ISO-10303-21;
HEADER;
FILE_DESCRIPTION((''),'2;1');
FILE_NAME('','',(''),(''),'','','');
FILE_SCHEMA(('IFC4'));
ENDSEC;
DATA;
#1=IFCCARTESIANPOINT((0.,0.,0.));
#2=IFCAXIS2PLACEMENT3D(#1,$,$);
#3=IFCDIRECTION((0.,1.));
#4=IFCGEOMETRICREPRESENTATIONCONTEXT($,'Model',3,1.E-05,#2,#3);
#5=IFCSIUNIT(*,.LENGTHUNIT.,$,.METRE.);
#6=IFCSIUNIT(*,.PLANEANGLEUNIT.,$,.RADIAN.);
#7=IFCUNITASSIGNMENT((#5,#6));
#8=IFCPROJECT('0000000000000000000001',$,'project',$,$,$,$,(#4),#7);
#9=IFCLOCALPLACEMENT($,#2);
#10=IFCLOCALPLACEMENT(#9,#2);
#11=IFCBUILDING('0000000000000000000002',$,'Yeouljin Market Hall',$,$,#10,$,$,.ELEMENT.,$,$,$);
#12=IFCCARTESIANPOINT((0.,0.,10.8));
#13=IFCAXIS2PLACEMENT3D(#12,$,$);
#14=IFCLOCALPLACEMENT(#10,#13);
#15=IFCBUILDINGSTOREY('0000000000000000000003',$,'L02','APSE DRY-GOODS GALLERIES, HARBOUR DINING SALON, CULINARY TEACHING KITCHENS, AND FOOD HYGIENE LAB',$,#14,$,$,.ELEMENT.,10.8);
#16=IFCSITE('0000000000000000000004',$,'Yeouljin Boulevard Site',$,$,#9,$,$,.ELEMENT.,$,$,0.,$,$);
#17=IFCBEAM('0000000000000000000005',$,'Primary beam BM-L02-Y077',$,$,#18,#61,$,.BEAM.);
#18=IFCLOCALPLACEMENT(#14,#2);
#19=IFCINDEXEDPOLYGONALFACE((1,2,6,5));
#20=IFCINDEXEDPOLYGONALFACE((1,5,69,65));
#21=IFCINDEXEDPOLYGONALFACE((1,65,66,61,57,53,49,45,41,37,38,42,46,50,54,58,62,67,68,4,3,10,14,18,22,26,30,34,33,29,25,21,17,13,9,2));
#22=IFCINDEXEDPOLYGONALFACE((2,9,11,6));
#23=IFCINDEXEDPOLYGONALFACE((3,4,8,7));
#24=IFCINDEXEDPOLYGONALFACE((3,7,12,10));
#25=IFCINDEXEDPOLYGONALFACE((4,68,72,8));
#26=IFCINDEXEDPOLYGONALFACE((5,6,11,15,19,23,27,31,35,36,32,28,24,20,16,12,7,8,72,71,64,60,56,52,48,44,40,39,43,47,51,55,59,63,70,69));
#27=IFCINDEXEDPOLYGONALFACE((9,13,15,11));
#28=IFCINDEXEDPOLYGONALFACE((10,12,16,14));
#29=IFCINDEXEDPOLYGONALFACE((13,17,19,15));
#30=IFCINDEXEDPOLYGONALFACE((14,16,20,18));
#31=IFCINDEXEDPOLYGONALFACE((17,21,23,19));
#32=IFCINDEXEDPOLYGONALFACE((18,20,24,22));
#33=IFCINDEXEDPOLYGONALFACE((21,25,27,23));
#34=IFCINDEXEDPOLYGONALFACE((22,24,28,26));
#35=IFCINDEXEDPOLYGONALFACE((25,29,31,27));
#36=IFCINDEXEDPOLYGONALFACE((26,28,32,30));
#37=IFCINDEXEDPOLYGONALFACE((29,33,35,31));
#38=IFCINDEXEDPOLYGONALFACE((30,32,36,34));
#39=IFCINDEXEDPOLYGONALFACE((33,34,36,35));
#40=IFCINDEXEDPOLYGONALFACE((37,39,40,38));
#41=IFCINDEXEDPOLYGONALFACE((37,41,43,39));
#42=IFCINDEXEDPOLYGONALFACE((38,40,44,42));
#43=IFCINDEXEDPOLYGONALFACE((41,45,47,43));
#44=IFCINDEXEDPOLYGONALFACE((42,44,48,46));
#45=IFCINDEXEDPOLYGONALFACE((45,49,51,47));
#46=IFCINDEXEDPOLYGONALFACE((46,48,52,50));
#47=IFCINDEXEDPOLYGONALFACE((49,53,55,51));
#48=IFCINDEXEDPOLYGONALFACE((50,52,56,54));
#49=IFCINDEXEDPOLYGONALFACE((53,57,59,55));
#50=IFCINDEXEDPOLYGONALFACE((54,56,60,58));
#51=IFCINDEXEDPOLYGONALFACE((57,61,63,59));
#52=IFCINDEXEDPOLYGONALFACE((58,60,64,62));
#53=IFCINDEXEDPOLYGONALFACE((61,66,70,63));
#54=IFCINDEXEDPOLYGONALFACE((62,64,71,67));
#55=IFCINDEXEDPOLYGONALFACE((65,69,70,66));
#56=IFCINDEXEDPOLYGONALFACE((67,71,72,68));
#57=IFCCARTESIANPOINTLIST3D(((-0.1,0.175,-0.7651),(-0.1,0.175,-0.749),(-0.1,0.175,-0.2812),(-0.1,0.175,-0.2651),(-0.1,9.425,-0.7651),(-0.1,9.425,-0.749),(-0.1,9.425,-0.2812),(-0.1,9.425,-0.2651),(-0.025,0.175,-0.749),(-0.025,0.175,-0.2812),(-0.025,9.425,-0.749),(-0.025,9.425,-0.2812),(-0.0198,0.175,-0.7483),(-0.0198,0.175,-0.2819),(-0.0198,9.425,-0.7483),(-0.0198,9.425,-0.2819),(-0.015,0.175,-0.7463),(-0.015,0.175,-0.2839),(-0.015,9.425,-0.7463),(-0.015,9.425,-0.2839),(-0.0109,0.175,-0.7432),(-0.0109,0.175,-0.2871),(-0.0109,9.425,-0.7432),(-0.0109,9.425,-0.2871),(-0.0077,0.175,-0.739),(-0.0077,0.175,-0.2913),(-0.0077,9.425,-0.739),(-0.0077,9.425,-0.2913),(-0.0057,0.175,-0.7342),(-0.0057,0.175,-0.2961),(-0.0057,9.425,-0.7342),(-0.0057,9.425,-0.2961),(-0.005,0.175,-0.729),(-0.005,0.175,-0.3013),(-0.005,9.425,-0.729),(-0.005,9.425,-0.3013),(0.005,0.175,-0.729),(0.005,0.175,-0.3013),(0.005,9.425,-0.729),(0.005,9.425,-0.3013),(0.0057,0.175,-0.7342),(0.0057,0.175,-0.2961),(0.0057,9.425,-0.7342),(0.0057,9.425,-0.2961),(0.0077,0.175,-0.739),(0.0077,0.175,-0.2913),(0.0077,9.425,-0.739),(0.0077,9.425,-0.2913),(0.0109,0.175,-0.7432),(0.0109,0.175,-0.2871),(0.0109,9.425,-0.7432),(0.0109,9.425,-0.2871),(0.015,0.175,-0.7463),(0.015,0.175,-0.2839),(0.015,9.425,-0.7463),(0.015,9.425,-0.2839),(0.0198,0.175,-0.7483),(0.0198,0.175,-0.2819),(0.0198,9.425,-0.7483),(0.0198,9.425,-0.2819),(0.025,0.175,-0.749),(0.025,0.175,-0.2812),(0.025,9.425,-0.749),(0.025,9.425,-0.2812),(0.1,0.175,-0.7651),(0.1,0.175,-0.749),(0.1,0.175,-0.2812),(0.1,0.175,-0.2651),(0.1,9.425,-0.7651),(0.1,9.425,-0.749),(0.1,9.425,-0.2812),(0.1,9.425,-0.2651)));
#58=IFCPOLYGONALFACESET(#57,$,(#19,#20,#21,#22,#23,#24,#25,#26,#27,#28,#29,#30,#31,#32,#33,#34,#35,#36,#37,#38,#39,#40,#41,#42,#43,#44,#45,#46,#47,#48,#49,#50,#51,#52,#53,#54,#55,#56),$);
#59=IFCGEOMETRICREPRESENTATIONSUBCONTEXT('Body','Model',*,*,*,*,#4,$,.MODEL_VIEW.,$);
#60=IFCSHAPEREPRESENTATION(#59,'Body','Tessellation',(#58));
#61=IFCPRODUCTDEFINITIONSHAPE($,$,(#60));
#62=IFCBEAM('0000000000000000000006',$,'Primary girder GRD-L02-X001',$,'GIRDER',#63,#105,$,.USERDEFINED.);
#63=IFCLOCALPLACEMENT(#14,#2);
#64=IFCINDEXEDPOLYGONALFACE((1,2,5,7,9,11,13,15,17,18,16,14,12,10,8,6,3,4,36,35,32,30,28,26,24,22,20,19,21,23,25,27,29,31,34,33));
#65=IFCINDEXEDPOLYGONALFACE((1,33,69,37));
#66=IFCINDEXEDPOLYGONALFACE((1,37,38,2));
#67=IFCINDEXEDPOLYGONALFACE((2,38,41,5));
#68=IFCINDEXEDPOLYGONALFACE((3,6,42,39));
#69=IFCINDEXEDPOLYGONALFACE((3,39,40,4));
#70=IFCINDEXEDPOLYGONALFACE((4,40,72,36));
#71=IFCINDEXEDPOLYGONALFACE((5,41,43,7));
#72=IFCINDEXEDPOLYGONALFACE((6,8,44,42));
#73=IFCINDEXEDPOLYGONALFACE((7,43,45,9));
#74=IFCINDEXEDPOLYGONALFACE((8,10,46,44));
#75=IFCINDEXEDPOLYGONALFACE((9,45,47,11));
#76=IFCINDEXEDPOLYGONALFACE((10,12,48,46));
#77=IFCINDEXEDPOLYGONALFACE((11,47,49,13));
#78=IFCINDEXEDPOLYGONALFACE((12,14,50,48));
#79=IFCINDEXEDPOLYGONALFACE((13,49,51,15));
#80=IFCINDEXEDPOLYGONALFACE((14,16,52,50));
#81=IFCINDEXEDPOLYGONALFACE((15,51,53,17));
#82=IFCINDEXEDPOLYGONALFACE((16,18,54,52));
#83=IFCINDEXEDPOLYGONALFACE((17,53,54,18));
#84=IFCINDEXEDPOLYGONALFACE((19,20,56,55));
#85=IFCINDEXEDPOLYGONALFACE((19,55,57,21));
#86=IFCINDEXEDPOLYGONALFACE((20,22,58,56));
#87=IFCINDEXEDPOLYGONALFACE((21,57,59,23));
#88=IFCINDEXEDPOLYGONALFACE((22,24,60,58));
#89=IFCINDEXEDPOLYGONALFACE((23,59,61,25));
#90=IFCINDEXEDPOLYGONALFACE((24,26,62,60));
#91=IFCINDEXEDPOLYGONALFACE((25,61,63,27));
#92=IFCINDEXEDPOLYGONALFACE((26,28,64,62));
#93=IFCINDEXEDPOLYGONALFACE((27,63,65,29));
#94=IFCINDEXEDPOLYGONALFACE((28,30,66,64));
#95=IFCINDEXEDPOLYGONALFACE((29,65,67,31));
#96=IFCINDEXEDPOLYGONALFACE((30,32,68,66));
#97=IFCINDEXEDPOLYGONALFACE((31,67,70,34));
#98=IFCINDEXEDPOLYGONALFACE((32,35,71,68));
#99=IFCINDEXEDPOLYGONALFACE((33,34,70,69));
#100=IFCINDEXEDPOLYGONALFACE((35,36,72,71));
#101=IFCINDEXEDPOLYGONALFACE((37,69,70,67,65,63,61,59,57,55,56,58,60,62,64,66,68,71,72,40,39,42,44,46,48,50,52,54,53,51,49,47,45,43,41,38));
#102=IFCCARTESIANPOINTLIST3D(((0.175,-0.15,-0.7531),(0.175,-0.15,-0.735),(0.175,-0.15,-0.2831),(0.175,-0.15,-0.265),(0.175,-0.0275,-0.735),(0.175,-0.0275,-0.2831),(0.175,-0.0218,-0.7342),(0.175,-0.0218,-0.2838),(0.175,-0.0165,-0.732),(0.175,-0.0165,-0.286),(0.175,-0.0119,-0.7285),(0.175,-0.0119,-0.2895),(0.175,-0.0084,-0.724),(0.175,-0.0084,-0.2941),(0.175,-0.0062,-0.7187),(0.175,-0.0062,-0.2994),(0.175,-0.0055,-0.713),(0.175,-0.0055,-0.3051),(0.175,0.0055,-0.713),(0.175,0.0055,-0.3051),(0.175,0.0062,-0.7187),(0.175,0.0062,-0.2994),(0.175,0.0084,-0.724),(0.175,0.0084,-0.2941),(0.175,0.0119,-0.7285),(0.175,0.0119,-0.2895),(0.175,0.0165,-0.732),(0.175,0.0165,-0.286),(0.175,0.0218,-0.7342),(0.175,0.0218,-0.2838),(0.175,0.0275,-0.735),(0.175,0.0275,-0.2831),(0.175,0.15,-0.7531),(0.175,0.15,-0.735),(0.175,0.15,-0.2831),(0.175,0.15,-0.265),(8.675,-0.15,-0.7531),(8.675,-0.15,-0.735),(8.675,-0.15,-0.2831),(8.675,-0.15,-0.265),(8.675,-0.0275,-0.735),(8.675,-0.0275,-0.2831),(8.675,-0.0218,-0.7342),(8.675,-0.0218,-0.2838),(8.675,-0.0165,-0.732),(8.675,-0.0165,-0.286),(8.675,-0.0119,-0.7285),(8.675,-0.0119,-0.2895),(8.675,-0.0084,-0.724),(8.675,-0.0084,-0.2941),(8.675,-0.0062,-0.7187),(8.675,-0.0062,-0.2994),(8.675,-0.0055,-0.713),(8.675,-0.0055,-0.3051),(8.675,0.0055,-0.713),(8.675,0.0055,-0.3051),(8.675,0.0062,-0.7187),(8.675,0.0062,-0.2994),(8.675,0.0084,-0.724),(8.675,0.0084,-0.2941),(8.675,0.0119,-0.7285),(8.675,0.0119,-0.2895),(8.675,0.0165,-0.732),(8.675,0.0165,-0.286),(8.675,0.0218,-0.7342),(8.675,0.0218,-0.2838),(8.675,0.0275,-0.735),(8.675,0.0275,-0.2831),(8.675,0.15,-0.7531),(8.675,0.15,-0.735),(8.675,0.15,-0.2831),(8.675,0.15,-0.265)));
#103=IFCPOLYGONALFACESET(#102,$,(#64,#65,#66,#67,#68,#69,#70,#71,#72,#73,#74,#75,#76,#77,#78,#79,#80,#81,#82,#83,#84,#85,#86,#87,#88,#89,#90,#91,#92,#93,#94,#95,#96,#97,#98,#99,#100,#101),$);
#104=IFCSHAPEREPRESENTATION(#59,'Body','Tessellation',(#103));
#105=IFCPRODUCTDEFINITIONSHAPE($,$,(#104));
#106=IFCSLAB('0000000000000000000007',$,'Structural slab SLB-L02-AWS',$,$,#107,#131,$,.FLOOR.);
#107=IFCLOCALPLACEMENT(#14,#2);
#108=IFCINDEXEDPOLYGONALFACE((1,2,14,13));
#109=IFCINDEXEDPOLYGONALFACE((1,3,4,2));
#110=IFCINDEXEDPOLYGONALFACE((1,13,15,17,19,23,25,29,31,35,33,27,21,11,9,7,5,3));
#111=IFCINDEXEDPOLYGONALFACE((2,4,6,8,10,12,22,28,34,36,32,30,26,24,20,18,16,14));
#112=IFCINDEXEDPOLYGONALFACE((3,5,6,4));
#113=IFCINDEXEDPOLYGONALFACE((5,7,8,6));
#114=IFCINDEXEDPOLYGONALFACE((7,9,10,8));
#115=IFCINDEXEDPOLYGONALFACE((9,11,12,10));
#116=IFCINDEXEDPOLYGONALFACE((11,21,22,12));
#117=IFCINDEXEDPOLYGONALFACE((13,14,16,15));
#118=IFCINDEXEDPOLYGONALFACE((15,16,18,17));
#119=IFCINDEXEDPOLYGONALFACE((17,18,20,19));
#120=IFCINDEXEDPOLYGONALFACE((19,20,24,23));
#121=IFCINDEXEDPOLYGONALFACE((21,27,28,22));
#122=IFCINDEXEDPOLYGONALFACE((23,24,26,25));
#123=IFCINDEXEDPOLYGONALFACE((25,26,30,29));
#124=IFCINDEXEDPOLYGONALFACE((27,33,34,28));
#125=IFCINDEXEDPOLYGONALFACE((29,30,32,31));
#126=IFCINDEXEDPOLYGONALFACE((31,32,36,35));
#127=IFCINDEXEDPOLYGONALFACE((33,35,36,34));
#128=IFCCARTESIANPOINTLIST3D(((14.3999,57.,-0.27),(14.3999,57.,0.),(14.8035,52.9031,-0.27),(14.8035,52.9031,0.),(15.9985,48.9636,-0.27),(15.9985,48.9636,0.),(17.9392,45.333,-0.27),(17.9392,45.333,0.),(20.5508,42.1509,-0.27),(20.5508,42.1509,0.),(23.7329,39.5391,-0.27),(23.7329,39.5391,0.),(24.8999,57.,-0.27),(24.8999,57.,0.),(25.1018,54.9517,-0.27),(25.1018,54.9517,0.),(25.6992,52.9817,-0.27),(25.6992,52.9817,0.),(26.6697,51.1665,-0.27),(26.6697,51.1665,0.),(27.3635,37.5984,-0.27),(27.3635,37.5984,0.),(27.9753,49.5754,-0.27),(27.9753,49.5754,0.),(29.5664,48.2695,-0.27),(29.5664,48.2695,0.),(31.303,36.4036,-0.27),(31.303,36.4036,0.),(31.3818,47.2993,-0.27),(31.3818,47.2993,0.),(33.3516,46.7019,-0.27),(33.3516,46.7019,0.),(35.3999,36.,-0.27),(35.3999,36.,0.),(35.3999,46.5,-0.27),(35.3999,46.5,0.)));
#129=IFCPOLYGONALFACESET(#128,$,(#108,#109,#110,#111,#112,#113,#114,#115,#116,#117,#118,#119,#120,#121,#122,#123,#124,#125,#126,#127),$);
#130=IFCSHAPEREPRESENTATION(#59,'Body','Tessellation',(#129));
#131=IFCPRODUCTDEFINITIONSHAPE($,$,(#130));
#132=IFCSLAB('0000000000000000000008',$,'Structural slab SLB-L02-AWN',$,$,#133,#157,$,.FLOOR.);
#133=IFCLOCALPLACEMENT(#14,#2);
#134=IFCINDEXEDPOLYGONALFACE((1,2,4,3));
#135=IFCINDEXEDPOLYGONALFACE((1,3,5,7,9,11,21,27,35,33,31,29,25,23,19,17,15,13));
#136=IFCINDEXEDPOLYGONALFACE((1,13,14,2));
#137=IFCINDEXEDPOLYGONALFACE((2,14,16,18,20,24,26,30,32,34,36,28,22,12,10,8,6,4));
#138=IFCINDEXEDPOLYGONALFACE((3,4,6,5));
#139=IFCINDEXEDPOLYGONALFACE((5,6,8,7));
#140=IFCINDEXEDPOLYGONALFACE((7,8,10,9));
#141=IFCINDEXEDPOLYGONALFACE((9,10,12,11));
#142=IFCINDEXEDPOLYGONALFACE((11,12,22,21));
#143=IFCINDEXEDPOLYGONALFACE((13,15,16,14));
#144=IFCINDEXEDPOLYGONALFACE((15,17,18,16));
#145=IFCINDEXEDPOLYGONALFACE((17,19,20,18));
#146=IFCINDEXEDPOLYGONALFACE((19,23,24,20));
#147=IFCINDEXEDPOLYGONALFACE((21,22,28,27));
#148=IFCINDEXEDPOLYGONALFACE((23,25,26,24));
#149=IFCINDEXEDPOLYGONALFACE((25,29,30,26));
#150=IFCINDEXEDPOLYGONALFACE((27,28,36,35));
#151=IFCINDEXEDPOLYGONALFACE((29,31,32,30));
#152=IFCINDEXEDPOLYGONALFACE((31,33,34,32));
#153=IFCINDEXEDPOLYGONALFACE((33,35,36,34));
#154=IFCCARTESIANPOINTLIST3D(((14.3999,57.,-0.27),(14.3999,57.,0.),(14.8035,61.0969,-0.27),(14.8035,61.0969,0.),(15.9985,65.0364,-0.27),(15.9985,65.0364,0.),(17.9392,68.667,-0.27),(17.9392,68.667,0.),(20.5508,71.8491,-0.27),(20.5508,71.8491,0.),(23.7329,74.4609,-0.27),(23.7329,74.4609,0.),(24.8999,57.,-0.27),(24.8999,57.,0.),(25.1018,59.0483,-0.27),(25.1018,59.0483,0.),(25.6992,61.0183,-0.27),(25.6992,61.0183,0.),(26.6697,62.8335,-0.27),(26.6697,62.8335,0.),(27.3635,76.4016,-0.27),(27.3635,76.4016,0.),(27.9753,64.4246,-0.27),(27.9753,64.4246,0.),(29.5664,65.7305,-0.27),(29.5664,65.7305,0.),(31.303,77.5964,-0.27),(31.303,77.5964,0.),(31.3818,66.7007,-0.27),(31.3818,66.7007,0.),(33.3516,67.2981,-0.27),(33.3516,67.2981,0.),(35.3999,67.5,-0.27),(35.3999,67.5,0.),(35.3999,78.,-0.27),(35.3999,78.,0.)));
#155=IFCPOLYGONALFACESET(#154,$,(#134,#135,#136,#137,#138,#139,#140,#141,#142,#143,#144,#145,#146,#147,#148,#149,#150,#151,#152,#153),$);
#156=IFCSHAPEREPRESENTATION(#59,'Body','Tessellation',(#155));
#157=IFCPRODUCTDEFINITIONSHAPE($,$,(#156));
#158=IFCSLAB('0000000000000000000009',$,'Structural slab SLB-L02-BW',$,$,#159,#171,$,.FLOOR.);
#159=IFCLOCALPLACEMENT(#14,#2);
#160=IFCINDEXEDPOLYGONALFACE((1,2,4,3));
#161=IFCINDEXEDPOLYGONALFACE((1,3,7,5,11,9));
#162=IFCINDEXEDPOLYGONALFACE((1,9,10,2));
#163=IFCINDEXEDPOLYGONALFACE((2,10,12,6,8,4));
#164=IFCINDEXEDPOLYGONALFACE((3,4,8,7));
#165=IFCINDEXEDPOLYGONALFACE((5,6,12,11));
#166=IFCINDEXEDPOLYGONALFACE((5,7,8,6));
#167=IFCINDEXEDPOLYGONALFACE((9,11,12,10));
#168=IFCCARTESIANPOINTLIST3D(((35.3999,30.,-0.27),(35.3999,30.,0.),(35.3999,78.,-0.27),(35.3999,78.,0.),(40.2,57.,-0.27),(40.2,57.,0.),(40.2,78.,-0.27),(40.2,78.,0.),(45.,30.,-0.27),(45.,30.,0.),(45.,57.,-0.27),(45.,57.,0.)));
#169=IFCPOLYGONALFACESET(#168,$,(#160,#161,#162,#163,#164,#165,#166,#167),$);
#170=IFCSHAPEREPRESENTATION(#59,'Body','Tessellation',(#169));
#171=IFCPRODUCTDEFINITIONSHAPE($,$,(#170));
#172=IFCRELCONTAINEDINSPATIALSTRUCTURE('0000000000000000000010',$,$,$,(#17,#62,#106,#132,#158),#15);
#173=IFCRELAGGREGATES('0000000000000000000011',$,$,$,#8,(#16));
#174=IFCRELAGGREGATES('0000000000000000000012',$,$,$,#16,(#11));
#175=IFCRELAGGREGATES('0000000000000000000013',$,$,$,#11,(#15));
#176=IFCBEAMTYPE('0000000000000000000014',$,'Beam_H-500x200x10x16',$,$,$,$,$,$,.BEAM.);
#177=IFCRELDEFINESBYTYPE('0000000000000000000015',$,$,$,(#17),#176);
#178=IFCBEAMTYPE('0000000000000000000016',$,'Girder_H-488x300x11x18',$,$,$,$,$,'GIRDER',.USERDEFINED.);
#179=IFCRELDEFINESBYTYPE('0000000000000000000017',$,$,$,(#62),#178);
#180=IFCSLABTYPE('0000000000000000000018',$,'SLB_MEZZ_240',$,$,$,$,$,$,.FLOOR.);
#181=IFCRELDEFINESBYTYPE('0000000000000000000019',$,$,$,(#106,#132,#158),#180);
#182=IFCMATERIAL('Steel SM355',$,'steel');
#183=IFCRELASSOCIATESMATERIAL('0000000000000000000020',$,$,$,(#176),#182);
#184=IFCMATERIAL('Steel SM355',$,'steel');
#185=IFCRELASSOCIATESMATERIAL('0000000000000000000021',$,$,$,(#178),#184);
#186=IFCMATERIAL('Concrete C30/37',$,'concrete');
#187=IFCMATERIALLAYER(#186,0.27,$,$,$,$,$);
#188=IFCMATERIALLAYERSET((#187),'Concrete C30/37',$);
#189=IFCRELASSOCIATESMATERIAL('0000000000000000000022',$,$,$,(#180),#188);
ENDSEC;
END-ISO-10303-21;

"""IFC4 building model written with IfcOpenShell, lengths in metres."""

from ifc_helpers import new_model, si_unit, direction, frame, origin, origin_2d, place, context, subcontext, project, spatial, polyline, i_section, outline, extrude, material, layer, layer_set, material_profile, profile_set, type_object, element, save


model = new_model("IFC4")

# Units and contexts
model_context = context("Model", 3, precision=1e-05, world=origin(), true_north=direction((0.0, 1.0)))
body_context = subcontext(model_context, "Body", "Model", "MODEL_VIEW")
ifc_project = project(units=[si_unit("LENGTHUNIT", "METRE"), si_unit("PLANEANGLEUNIT", "RADIAN")], contexts=[model_context])

# Site, building, storey
site_placement = place(None, origin())
site = spatial("IfcSite", under=ifc_project, at=site_placement, Name="Yeouljin Boulevard Site", CompositionType="ELEMENT", RefElevation=0.0)
building_placement = place(site_placement, origin())
building = spatial("IfcBuilding", under=site, at=building_placement, Name="Yeouljin Market Hall", CompositionType="ELEMENT")
storey_placement = place(building_placement, frame((0.0, 0.0, 10.8)))
storey = spatial("IfcBuildingStorey", under=building, at=storey_placement, Name="L02", Description="APSE DRY-GOODS GALLERIES, HARBOUR DINING SALON, CULINARY TEACHING KITCHENS, AND FOOD HYGIENE LAB", CompositionType="ELEMENT", Elevation=10.8)

# Beams
ifc_material_1 = material(Name="Steel SM355", Category="steel")
ifc_material_profile_1 = material_profile(ifc_material_1, i_section(OverallWidth=0.2, OverallDepth=0.5, WebThickness=0.01, FlangeThickness=0.0161, FilletRadius=0.02, at=origin_2d()), Name="H-500x200x10x16")
ifc_profile_set_1 = profile_set([ifc_material_profile_1], Name="Steel SM355")
beam_type_1 = type_object("IfcBeamType", Name="Beam_H-500x200x10x16", PredefinedType="BEAM", material=ifc_profile_set_1)
beam_1_placement = place(storey_placement, frame((0.0, 0.175, -0.5151), z_axis=(0.0, 1.0, 0.0), x_axis=(-1.0, 0.0, 0.0)))
element("IfcBeam", 1, at=beam_1_placement, inside=storey, type_object=beam_type_1, Name="Primary beam BM-L02-Y077", PredefinedType="BEAM", context=body_context, shape_type="SweptSolid", body=[
    extrude(i_section(OverallWidth=0.2, OverallDepth=0.5, WebThickness=0.01, FlangeThickness=0.0161, FilletRadius=0.02, at=origin_2d()), origin(), (0.0, 0.0, 1.0), 9.25),
])
ifc_material_2 = material(Name="Steel SM355", Category="steel")
ifc_material_profile_2 = material_profile(ifc_material_2, i_section(OverallWidth=0.3, OverallDepth=0.488, WebThickness=0.011, FlangeThickness=0.0181, FilletRadius=0.022, at=origin_2d()), Name="H-488x300x11x18")
ifc_profile_set_2 = profile_set([ifc_material_profile_2], Name="Steel SM355")
beam_type_2 = type_object("IfcBeamType", Name="Girder_H-488x300x11x18", ElementType="GIRDER", PredefinedType="USERDEFINED", material=ifc_profile_set_2)
beam_2_placement = place(storey_placement, frame((0.175, 0.0, -0.509), z_axis=(1.0, 0.0, 0.0), x_axis=(0.0, 1.0, 0.0)))
element("IfcBeam", 2, at=beam_2_placement, inside=storey, type_object=beam_type_2, Name="Primary girder GRD-L02-X001", ObjectType="GIRDER", PredefinedType="USERDEFINED", context=body_context, shape_type="SweptSolid", body=[
    extrude(i_section(OverallWidth=0.3, OverallDepth=0.488, WebThickness=0.011, FlangeThickness=0.0181, FilletRadius=0.022, at=origin_2d()), origin(), (0.0, 0.0, 1.0), 8.5),
])

# Slabs
ifc_material_3 = material(Name="Concrete C30/37", Category="concrete")
ifc_layer_1 = layer(ifc_material_3, 0.27)
ifc_layer_set_1 = layer_set([ifc_layer_1], Name="Concrete C30/37")
slab_type_1 = type_object("IfcSlabType", Name="SLB_MEZZ_240", PredefinedType="FLOOR", material=ifc_layer_set_1)
slab_1_placement = place(storey_placement, frame((0.0, 0.0, -0.27)))
element("IfcSlab", 3, at=slab_1_placement, inside=storey, type_object=slab_type_1, Name="Structural slab SLB-L02-AWS", PredefinedType="FLOOR", context=body_context, shape_type="SweptSolid", body=[
    extrude(outline(polyline([(14.3999, 57.0), (14.8035, 52.9031), (15.9985, 48.9636), (17.9392, 45.333), (20.5508, 42.1509), (23.7329, 39.5391), (27.3635, 37.5984), (31.303, 36.4036), (35.3999, 36.0), (35.3999, 46.5), (33.3516, 46.7019), (31.3818, 47.2993), (29.5664, 48.2695), (27.9753, 49.5754), (26.6697, 51.1665), (25.6992, 52.9817), (25.1018, 54.9517), (24.8999, 57.0), (14.3999, 57.0)])), origin(), (0.0, 0.0, 1.0), 0.27),
])
slab_2_placement = place(storey_placement, frame((0.0, 0.0, -0.27)))
element("IfcSlab", 4, at=slab_2_placement, inside=storey, type_object=slab_type_1, Name="Structural slab SLB-L02-AWN", PredefinedType="FLOOR", context=body_context, shape_type="SweptSolid", body=[
    extrude(outline(polyline([(35.3999, 78.0), (31.303, 77.5964), (27.3635, 76.4016), (23.7329, 74.4609), (20.5508, 71.8491), (17.9392, 68.667), (15.9985, 65.0364), (14.8035, 61.0969), (14.3999, 57.0), (24.8999, 57.0), (25.1018, 59.0483), (25.6992, 61.0183), (26.6697, 62.8335), (27.9753, 64.4246), (29.5664, 65.7305), (31.3818, 66.7007), (33.3516, 67.2981), (35.3999, 67.5), (35.3999, 78.0)])), origin(), (0.0, 0.0, 1.0), 0.27),
])
slab_3_placement = place(storey_placement, frame((0.0, 0.0, -0.27)))
element("IfcSlab", 5, at=slab_3_placement, inside=storey, type_object=slab_type_1, Name="Structural slab SLB-L02-BW", PredefinedType="FLOOR", context=body_context, shape_type="SweptSolid", body=[
    extrude(outline(polyline([(35.3999, 30.0), (45.0, 30.0), (45.0, 57.0), (40.2, 57.0), (40.2, 78.0), (35.3999, 78.0), (35.3999, 30.0)])), origin(), (0.0, 0.0, 1.0), 0.27),
])

save(model, "model.ifc")
